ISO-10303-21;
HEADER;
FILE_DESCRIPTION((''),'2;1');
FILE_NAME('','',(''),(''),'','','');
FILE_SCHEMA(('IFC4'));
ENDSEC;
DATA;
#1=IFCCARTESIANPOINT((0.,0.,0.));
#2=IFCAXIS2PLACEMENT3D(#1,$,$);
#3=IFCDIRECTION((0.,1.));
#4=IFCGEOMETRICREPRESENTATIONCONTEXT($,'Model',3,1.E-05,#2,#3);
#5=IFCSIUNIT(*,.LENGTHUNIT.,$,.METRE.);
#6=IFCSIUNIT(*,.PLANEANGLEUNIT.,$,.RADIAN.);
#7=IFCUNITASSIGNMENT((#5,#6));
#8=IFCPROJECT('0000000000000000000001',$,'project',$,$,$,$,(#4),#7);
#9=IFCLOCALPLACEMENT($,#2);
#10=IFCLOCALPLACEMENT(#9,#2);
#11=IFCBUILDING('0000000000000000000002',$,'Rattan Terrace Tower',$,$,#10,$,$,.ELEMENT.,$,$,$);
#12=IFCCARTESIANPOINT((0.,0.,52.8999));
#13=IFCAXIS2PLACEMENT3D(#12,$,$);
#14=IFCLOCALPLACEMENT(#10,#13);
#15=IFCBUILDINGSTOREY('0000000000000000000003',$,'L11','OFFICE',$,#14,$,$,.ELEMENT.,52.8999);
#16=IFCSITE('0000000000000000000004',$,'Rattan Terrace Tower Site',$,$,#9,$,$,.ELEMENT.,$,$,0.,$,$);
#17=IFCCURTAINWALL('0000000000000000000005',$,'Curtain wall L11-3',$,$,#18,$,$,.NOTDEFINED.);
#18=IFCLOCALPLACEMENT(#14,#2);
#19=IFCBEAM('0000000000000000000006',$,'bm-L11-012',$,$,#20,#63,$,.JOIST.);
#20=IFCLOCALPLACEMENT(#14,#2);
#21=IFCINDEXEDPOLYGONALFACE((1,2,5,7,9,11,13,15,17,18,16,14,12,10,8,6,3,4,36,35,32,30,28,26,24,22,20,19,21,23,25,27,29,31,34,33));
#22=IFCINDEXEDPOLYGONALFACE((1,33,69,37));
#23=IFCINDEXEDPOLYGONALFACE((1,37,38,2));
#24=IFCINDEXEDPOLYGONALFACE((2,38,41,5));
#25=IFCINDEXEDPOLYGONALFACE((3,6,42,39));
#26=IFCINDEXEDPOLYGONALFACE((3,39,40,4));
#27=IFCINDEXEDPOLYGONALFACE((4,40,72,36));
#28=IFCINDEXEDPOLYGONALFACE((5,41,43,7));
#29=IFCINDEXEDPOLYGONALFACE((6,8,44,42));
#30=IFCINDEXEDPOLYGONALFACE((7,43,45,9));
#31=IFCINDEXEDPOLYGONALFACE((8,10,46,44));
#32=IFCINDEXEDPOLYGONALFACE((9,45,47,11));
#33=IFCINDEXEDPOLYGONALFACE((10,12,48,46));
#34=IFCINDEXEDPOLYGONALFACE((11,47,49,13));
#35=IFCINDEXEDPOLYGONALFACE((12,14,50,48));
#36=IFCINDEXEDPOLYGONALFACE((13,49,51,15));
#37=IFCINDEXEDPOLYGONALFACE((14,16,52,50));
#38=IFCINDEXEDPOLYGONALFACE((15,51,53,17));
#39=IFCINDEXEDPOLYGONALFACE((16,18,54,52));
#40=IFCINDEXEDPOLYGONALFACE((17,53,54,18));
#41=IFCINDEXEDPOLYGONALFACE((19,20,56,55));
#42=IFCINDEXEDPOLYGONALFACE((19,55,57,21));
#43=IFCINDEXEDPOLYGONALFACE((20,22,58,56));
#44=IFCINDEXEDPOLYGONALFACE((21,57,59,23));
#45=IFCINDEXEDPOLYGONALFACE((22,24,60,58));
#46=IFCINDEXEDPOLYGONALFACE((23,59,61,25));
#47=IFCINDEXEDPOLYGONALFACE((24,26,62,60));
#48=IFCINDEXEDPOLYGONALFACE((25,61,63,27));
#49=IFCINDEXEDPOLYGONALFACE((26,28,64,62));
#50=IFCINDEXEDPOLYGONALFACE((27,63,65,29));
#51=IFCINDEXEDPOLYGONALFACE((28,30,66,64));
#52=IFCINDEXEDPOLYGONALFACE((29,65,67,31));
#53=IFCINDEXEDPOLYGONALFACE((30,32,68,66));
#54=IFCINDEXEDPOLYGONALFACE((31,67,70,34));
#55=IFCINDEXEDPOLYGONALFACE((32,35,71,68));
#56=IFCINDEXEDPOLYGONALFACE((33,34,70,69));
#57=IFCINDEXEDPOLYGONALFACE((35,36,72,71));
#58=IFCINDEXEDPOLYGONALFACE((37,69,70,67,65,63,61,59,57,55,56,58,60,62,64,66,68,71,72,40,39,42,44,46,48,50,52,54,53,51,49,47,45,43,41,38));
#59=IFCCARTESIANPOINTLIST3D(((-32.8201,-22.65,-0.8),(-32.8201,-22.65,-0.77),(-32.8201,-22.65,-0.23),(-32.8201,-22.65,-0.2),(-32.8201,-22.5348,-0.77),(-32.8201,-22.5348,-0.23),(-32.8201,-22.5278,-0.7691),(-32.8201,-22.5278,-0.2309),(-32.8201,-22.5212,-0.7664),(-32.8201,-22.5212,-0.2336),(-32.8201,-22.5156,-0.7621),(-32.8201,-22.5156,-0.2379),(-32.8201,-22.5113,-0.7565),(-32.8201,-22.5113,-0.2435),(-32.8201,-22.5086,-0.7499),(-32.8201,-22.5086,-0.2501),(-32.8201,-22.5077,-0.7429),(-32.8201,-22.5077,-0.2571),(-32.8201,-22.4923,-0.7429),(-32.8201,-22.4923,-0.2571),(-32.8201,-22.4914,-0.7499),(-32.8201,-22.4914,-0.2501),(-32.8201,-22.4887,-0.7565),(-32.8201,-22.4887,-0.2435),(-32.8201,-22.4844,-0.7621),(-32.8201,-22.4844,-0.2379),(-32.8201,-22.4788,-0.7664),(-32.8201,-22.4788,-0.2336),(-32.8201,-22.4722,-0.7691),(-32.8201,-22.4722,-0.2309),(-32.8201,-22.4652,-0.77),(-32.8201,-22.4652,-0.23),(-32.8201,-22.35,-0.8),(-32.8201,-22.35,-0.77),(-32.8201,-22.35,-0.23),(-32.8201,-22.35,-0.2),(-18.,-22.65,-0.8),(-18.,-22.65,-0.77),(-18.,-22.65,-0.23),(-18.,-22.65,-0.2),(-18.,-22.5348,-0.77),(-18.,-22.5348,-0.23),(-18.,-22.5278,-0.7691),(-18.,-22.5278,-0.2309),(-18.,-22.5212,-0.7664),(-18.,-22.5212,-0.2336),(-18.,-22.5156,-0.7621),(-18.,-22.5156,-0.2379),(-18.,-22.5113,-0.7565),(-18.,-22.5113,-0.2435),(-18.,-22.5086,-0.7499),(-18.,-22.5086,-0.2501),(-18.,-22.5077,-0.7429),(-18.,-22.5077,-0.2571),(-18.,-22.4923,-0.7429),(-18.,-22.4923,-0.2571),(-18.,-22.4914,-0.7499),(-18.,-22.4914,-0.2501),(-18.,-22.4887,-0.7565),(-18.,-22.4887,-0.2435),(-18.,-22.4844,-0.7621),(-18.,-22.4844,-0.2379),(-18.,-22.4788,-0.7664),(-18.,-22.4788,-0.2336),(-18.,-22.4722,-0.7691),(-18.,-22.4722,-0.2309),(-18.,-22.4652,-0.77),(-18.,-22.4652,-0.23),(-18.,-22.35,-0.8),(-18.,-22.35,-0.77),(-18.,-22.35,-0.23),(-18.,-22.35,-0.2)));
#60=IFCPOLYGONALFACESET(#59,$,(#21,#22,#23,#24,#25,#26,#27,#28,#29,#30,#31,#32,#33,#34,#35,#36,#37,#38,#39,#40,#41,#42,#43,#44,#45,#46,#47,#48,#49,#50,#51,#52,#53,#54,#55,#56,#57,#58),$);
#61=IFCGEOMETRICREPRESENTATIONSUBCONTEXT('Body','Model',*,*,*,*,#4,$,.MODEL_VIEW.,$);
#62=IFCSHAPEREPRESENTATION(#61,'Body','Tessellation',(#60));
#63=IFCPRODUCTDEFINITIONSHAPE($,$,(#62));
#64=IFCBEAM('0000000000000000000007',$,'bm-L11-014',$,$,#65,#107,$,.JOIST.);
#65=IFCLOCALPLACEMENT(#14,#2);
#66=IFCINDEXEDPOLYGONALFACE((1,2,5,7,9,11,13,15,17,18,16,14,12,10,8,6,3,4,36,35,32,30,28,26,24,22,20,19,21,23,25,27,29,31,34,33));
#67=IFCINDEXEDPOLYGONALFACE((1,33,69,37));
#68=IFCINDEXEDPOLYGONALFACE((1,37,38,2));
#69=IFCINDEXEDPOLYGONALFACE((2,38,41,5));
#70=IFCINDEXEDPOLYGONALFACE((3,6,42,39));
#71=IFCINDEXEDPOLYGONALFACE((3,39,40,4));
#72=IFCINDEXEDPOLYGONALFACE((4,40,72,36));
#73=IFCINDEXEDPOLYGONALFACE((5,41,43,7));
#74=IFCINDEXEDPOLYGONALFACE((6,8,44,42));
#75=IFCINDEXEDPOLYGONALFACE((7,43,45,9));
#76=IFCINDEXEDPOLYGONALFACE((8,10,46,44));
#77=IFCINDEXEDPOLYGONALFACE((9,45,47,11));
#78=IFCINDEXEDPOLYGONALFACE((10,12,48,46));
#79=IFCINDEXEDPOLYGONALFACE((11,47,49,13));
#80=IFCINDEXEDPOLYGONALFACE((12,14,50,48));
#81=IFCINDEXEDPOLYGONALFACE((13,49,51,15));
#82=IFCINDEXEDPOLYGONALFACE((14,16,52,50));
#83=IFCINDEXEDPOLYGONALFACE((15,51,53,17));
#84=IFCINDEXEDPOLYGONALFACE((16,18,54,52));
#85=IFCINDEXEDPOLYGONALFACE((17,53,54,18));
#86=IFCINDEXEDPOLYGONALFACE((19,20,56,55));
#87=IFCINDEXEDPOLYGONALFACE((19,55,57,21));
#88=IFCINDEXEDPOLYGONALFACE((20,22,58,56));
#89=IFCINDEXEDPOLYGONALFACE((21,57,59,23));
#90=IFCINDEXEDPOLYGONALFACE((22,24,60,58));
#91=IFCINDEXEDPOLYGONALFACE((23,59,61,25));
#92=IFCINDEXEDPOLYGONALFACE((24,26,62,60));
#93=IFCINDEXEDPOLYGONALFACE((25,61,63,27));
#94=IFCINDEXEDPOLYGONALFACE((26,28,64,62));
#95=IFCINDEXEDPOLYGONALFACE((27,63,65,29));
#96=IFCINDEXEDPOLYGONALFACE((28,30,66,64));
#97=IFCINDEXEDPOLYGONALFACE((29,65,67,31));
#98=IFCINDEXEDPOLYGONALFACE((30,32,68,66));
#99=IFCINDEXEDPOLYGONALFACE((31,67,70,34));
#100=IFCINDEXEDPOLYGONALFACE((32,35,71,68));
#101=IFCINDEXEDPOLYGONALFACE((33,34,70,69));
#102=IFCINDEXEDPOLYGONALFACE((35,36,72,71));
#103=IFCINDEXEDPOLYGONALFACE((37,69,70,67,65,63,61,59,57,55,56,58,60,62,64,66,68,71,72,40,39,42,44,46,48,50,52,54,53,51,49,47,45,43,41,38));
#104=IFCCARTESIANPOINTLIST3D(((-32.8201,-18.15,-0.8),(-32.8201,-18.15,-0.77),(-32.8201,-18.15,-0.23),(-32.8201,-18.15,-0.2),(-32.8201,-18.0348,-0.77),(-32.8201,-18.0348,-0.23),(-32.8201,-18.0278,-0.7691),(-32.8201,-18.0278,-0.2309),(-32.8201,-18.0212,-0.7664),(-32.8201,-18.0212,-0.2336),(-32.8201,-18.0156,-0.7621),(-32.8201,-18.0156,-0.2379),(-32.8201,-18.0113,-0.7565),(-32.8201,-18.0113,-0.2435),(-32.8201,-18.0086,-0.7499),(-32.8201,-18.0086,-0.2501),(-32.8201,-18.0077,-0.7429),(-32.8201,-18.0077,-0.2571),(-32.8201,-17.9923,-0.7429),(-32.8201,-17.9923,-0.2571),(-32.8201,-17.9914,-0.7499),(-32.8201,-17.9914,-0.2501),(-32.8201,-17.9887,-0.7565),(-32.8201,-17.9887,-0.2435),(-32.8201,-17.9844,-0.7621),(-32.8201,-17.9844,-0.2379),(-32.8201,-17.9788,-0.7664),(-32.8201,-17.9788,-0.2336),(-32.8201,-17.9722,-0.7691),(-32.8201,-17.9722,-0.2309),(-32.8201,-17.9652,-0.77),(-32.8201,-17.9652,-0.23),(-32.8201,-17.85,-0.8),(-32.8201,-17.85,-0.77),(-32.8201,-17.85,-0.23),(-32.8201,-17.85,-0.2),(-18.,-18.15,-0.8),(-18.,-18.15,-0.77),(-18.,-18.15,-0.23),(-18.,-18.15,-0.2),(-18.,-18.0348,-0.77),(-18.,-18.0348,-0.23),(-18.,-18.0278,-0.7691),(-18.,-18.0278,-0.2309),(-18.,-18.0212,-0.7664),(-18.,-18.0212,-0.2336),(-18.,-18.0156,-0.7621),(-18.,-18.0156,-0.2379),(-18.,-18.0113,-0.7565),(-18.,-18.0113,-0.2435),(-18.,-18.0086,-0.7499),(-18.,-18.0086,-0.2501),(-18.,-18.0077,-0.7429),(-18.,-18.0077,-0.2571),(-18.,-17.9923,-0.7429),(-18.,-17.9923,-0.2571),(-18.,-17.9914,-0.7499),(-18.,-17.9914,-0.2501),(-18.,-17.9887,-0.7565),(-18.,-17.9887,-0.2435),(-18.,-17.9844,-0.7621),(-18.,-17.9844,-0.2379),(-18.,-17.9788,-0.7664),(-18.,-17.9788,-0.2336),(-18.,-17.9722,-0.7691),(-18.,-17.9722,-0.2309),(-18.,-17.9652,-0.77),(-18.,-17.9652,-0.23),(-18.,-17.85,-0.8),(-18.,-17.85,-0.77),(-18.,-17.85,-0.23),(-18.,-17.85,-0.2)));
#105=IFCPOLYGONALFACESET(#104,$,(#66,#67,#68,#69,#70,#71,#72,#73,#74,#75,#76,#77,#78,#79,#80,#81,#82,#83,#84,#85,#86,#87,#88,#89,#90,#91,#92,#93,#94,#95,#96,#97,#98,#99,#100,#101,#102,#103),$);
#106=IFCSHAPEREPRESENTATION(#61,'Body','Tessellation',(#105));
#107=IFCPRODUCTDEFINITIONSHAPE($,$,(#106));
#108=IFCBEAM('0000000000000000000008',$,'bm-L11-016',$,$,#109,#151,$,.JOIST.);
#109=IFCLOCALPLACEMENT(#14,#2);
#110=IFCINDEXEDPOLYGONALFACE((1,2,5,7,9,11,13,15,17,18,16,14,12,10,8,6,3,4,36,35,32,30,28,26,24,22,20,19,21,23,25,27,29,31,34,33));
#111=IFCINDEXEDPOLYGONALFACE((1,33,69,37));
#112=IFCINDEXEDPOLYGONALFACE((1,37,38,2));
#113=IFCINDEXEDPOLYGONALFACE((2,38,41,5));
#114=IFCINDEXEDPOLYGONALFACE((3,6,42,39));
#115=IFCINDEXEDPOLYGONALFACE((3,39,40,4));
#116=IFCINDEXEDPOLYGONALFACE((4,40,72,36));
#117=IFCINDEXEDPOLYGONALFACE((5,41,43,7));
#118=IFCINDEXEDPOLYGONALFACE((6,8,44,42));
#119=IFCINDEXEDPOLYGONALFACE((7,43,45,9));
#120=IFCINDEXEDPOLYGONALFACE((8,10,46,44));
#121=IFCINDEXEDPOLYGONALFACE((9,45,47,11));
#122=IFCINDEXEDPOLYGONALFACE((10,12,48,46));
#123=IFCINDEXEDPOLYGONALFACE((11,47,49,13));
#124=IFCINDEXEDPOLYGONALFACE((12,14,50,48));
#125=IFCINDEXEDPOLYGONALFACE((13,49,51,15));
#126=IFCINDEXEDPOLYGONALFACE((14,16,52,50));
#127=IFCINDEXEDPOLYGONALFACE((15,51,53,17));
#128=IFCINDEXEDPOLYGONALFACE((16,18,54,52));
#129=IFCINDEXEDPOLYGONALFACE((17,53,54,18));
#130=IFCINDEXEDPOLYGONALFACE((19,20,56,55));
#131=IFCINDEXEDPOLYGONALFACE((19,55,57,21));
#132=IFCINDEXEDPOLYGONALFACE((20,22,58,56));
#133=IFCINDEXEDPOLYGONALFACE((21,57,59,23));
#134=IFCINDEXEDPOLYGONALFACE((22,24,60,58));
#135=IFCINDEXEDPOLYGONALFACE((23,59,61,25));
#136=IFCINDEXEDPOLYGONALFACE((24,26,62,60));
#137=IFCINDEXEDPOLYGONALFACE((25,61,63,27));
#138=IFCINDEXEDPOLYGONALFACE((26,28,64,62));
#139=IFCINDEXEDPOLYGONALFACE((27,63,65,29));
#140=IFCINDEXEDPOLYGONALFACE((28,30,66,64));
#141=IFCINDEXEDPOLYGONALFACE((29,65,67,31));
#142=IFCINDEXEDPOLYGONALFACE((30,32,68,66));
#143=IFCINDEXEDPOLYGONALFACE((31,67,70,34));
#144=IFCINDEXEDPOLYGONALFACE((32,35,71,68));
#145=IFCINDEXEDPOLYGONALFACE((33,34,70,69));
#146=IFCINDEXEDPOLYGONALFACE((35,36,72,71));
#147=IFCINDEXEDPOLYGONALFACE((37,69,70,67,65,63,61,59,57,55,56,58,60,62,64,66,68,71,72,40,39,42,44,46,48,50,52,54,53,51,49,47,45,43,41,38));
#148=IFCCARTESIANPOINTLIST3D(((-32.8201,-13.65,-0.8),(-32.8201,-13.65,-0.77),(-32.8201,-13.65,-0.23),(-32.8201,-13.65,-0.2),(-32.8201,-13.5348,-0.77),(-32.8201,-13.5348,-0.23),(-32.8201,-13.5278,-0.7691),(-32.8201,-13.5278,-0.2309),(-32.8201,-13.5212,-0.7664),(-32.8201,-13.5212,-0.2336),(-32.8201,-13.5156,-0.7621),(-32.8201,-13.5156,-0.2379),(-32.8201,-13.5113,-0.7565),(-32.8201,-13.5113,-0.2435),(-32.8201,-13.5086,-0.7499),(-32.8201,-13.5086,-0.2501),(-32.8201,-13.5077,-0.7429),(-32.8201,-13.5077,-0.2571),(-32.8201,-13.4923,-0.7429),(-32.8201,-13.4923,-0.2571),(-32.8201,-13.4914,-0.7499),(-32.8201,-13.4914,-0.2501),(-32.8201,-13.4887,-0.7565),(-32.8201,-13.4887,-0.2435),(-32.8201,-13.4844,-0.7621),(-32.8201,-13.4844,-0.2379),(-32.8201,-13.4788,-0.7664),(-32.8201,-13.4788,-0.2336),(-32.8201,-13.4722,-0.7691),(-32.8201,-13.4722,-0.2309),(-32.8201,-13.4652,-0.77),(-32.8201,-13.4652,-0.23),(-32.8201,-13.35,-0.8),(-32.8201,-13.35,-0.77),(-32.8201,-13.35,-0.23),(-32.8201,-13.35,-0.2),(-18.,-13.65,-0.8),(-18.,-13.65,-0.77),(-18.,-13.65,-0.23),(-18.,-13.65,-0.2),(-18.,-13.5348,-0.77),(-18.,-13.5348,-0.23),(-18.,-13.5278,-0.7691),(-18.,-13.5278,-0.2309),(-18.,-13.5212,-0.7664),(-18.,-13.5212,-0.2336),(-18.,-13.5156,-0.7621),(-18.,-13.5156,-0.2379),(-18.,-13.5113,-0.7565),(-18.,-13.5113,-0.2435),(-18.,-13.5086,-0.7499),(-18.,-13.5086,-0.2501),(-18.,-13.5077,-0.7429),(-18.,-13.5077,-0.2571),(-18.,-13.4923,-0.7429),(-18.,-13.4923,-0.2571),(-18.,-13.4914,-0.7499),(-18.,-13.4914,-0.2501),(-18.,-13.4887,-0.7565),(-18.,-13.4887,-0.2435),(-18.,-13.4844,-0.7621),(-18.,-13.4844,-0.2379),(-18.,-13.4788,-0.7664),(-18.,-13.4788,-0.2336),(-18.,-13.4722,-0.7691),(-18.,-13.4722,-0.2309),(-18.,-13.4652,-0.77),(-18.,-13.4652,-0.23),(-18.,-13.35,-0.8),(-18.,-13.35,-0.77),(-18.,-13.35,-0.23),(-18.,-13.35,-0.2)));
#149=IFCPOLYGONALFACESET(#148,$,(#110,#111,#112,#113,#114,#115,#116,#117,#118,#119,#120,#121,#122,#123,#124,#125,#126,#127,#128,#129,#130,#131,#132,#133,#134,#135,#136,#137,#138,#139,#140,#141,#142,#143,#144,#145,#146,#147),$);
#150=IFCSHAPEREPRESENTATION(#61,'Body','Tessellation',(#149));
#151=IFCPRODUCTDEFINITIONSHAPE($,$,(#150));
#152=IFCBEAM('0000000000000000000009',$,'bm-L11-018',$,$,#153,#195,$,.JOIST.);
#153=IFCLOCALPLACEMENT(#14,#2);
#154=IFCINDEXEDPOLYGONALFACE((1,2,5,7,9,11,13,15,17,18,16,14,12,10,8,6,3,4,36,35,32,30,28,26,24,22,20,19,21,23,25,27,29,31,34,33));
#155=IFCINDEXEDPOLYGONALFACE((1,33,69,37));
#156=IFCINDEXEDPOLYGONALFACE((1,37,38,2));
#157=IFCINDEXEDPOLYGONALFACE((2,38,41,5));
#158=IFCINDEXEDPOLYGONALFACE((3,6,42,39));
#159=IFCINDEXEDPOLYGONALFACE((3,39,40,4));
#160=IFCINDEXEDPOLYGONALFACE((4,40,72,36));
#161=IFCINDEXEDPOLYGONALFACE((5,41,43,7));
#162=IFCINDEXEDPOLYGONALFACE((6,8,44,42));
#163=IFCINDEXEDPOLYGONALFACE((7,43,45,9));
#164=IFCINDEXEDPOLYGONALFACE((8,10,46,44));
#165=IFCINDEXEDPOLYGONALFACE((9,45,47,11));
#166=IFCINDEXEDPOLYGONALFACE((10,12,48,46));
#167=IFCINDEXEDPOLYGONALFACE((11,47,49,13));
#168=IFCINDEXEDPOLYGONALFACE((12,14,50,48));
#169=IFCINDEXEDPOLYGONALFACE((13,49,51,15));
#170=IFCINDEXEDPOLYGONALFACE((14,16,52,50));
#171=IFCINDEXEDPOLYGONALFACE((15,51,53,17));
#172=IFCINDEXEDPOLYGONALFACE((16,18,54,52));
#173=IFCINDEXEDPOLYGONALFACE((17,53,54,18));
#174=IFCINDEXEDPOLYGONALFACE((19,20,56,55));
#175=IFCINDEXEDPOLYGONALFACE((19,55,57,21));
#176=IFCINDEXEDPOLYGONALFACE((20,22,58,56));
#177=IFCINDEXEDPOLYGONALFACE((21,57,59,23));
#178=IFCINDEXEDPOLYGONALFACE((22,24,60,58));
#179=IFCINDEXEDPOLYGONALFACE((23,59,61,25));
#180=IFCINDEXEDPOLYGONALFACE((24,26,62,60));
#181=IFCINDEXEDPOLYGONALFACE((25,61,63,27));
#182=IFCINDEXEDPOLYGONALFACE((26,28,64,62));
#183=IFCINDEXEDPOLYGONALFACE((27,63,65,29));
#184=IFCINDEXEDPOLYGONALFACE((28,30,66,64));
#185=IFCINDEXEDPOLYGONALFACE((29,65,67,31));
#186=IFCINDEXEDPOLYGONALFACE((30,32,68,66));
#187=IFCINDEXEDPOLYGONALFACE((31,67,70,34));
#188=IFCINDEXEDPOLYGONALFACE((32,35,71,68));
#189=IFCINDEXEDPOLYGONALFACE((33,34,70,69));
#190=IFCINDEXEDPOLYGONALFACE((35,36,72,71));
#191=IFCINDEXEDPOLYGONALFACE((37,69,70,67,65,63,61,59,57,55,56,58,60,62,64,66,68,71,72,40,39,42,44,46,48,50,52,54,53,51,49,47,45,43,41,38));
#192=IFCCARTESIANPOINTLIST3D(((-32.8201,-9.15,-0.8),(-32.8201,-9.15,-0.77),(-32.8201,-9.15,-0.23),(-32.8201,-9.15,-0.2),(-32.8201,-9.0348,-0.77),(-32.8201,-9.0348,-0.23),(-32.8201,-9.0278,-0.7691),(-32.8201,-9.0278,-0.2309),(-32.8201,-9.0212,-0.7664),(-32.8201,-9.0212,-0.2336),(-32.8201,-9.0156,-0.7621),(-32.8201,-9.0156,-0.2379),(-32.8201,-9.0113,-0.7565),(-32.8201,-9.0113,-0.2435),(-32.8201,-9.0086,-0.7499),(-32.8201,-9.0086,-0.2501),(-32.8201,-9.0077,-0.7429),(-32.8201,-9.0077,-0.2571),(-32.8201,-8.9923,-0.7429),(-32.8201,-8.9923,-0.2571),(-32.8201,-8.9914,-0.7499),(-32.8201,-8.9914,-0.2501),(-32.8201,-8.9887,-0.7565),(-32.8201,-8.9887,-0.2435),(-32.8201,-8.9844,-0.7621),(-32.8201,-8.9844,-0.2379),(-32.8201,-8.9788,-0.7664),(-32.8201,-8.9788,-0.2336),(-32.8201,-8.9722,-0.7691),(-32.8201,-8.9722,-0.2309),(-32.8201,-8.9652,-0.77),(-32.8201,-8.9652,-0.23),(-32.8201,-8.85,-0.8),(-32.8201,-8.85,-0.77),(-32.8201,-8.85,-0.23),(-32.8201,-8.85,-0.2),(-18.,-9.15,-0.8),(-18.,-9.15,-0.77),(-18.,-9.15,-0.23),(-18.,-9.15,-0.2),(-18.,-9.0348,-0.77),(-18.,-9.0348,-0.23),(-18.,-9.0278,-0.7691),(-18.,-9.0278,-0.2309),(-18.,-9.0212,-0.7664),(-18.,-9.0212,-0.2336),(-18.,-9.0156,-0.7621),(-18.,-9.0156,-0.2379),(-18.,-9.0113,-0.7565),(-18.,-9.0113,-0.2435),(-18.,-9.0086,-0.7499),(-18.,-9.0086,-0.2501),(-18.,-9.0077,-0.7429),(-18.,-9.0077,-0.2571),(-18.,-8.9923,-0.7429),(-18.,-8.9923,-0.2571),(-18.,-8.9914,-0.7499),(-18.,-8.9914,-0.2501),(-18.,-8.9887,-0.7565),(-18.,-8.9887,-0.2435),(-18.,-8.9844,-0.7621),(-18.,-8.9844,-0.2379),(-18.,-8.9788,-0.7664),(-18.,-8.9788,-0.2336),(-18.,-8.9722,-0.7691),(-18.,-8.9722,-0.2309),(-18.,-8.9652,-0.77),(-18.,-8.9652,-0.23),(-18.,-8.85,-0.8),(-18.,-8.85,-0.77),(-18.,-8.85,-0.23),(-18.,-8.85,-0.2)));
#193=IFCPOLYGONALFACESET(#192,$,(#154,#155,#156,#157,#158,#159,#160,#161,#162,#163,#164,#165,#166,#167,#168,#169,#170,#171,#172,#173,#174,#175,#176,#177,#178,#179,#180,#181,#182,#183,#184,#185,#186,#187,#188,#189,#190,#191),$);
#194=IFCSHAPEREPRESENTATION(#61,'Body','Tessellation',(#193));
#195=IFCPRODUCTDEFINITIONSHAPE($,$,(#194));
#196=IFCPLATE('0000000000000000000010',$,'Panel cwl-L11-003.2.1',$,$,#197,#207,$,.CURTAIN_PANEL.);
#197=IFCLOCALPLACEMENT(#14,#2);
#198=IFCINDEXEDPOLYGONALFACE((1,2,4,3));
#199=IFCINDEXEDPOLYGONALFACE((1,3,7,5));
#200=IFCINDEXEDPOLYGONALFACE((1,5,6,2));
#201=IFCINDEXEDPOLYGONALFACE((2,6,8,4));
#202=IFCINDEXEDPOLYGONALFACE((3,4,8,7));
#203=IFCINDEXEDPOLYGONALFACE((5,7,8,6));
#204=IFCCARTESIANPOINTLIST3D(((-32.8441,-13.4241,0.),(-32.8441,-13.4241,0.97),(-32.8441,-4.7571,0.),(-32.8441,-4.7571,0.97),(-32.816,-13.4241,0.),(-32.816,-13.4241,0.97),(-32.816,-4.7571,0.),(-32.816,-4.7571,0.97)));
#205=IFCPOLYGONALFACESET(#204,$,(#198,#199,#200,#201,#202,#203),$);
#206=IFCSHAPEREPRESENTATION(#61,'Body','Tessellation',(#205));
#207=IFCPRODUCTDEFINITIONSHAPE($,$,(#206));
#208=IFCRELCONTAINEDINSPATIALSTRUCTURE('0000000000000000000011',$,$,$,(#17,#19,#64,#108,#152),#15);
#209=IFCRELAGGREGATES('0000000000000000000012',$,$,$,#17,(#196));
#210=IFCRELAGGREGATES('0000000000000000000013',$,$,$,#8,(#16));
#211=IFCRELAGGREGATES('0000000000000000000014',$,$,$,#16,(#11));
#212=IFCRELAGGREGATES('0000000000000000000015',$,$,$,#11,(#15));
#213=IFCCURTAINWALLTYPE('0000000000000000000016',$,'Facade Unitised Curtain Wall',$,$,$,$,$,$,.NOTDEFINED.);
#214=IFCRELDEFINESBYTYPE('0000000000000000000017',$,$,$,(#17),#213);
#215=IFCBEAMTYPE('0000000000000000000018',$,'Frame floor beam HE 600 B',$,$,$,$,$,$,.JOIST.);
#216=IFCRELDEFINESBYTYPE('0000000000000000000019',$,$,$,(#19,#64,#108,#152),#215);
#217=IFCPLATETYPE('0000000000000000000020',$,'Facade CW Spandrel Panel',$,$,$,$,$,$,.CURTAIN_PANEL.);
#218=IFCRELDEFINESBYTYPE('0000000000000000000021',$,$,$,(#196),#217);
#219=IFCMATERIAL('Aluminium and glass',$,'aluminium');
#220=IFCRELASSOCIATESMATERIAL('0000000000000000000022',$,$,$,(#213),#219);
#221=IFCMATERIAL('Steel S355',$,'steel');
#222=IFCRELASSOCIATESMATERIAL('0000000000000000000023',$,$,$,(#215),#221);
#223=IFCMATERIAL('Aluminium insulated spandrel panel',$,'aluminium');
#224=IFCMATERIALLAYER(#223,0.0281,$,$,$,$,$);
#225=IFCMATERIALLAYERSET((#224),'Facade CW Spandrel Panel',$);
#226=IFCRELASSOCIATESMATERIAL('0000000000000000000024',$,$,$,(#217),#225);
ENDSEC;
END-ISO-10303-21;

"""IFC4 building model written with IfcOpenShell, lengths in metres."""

from ifc_helpers import new_model, si_unit, direction, frame, origin, origin_2d, place, context, subcontext, project, spatial, rectangle, i_section, extrude, material, layer, layer_set, material_profile, profile_set, type_object, element, aggregate, save


model = new_model("IFC4")

# Units and contexts
model_context = context("Model", 3, precision=1e-05, world=origin(), true_north=direction((0.0, 1.0)))
body_context = subcontext(model_context, "Body", "Model", "MODEL_VIEW")
ifc_project = project(units=[si_unit("LENGTHUNIT", "METRE"), si_unit("PLANEANGLEUNIT", "RADIAN")], contexts=[model_context])

# Site, building, storey
site_placement = place(None, origin())
site = spatial("IfcSite", under=ifc_project, at=site_placement, Name="Rattan Terrace Tower Site", CompositionType="ELEMENT", RefElevation=0.0)
building_placement = place(site_placement, origin())
building = spatial("IfcBuilding", under=site, at=building_placement, Name="Rattan Terrace Tower", CompositionType="ELEMENT")
storey_placement = place(building_placement, frame((0.0, 0.0, 52.8999)))
storey = spatial("IfcBuildingStorey", under=building, at=storey_placement, Name="L11", Description="OFFICE", CompositionType="ELEMENT", Elevation=52.8999)

# Curtain wall
ifc_material_1 = material(Name="Aluminium and glass", Category="aluminium")
curtain_wall_type = type_object("IfcCurtainWallType", Name="Facade Unitised Curtain Wall", PredefinedType="NOTDEFINED", material=ifc_material_1)
curtain_wall_placement = place(storey_placement, origin())
curtain_wall = element("IfcCurtainWall", 1, at=curtain_wall_placement, inside=storey, type_object=curtain_wall_type, Name="Curtain wall L11-3", PredefinedType="NOTDEFINED")

# Beams
ifc_material_2 = material(Name="Steel S355", Category="steel")
ifc_material_profile_1 = material_profile(ifc_material_2, i_section(OverallWidth=0.3, OverallDepth=0.6001, WebThickness=0.0154, FlangeThickness=0.03, FilletRadius=0.0271, at=origin_2d()), Name="HE 600 B")
ifc_profile_set_1 = profile_set([ifc_material_profile_1], Name="Steel S355")
beam_type_1 = type_object("IfcBeamType", Name="Frame floor beam HE 600 B", PredefinedType="JOIST", material=ifc_profile_set_1)
for number, where, z_axis, x_axis, name in (
    (2, (-32.8201, -22.5, -0.5), (1.0, 0.0, 0.0), (0.0, 1.0, 0.0), "bm-L11-012"),
    (3, (-32.8201, -18.0, -0.5), (1.0, 0.0, 0.0), (0.0, 1.0, 0.0), "bm-L11-014"),
    (4, (-32.8201, -13.5, -0.5), (1.0, 0.0, 0.0), (0.0, 1.0, 0.0), "bm-L11-016"),
    (5, (-32.8201, -9.0, -0.5), (1.0, 0.0, 0.0), (0.0, 1.0, 0.0), "bm-L11-018"),
):
    element("IfcBeam", number, at=place(storey_placement, frame(where, z_axis=z_axis, x_axis=x_axis)), inside=storey, type_object=beam_type_1, Name=name, PredefinedType="JOIST", context=body_context, shape_type="SweptSolid", body=[
        extrude(i_section(OverallWidth=0.3, OverallDepth=0.6001, WebThickness=0.0154, FlangeThickness=0.03, FilletRadius=0.0271, at=origin_2d()), origin(), (0.0, 0.0, 1.0), 14.8201),
    ])

# Plate
ifc_material_3 = material(Name="Aluminium insulated spandrel panel", Category="aluminium")
ifc_layer_1 = layer(ifc_material_3, 0.0281)
ifc_layer_set_1 = layer_set([ifc_layer_1], Name="Facade CW Spandrel Panel")
plate_type_1 = type_object("IfcPlateType", Name="Facade CW Spandrel Panel", PredefinedType="CURTAIN_PANEL", material=ifc_layer_set_1)
plate_1_placement = place(storey_placement, frame((-32.8301, -9.0906, 0.0), z_axis=(0.0, 0.0, 1.0), x_axis=(0.0, -1.0, 0.0)))
plate_1 = element("IfcPlate", 6, at=plate_1_placement, type_object=plate_type_1, Name="Panel cwl-L11-003.2.1", PredefinedType="CURTAIN_PANEL", context=body_context, shape_type="SweptSolid", body=[
    extrude(rectangle(XDim=8.667, YDim=0.0281, at=origin_2d()), origin(), (0.0, 0.0, 1.0), 0.97),
])
aggregate(curtain_wall, [plate_1])

save(model, "model.ifc")
